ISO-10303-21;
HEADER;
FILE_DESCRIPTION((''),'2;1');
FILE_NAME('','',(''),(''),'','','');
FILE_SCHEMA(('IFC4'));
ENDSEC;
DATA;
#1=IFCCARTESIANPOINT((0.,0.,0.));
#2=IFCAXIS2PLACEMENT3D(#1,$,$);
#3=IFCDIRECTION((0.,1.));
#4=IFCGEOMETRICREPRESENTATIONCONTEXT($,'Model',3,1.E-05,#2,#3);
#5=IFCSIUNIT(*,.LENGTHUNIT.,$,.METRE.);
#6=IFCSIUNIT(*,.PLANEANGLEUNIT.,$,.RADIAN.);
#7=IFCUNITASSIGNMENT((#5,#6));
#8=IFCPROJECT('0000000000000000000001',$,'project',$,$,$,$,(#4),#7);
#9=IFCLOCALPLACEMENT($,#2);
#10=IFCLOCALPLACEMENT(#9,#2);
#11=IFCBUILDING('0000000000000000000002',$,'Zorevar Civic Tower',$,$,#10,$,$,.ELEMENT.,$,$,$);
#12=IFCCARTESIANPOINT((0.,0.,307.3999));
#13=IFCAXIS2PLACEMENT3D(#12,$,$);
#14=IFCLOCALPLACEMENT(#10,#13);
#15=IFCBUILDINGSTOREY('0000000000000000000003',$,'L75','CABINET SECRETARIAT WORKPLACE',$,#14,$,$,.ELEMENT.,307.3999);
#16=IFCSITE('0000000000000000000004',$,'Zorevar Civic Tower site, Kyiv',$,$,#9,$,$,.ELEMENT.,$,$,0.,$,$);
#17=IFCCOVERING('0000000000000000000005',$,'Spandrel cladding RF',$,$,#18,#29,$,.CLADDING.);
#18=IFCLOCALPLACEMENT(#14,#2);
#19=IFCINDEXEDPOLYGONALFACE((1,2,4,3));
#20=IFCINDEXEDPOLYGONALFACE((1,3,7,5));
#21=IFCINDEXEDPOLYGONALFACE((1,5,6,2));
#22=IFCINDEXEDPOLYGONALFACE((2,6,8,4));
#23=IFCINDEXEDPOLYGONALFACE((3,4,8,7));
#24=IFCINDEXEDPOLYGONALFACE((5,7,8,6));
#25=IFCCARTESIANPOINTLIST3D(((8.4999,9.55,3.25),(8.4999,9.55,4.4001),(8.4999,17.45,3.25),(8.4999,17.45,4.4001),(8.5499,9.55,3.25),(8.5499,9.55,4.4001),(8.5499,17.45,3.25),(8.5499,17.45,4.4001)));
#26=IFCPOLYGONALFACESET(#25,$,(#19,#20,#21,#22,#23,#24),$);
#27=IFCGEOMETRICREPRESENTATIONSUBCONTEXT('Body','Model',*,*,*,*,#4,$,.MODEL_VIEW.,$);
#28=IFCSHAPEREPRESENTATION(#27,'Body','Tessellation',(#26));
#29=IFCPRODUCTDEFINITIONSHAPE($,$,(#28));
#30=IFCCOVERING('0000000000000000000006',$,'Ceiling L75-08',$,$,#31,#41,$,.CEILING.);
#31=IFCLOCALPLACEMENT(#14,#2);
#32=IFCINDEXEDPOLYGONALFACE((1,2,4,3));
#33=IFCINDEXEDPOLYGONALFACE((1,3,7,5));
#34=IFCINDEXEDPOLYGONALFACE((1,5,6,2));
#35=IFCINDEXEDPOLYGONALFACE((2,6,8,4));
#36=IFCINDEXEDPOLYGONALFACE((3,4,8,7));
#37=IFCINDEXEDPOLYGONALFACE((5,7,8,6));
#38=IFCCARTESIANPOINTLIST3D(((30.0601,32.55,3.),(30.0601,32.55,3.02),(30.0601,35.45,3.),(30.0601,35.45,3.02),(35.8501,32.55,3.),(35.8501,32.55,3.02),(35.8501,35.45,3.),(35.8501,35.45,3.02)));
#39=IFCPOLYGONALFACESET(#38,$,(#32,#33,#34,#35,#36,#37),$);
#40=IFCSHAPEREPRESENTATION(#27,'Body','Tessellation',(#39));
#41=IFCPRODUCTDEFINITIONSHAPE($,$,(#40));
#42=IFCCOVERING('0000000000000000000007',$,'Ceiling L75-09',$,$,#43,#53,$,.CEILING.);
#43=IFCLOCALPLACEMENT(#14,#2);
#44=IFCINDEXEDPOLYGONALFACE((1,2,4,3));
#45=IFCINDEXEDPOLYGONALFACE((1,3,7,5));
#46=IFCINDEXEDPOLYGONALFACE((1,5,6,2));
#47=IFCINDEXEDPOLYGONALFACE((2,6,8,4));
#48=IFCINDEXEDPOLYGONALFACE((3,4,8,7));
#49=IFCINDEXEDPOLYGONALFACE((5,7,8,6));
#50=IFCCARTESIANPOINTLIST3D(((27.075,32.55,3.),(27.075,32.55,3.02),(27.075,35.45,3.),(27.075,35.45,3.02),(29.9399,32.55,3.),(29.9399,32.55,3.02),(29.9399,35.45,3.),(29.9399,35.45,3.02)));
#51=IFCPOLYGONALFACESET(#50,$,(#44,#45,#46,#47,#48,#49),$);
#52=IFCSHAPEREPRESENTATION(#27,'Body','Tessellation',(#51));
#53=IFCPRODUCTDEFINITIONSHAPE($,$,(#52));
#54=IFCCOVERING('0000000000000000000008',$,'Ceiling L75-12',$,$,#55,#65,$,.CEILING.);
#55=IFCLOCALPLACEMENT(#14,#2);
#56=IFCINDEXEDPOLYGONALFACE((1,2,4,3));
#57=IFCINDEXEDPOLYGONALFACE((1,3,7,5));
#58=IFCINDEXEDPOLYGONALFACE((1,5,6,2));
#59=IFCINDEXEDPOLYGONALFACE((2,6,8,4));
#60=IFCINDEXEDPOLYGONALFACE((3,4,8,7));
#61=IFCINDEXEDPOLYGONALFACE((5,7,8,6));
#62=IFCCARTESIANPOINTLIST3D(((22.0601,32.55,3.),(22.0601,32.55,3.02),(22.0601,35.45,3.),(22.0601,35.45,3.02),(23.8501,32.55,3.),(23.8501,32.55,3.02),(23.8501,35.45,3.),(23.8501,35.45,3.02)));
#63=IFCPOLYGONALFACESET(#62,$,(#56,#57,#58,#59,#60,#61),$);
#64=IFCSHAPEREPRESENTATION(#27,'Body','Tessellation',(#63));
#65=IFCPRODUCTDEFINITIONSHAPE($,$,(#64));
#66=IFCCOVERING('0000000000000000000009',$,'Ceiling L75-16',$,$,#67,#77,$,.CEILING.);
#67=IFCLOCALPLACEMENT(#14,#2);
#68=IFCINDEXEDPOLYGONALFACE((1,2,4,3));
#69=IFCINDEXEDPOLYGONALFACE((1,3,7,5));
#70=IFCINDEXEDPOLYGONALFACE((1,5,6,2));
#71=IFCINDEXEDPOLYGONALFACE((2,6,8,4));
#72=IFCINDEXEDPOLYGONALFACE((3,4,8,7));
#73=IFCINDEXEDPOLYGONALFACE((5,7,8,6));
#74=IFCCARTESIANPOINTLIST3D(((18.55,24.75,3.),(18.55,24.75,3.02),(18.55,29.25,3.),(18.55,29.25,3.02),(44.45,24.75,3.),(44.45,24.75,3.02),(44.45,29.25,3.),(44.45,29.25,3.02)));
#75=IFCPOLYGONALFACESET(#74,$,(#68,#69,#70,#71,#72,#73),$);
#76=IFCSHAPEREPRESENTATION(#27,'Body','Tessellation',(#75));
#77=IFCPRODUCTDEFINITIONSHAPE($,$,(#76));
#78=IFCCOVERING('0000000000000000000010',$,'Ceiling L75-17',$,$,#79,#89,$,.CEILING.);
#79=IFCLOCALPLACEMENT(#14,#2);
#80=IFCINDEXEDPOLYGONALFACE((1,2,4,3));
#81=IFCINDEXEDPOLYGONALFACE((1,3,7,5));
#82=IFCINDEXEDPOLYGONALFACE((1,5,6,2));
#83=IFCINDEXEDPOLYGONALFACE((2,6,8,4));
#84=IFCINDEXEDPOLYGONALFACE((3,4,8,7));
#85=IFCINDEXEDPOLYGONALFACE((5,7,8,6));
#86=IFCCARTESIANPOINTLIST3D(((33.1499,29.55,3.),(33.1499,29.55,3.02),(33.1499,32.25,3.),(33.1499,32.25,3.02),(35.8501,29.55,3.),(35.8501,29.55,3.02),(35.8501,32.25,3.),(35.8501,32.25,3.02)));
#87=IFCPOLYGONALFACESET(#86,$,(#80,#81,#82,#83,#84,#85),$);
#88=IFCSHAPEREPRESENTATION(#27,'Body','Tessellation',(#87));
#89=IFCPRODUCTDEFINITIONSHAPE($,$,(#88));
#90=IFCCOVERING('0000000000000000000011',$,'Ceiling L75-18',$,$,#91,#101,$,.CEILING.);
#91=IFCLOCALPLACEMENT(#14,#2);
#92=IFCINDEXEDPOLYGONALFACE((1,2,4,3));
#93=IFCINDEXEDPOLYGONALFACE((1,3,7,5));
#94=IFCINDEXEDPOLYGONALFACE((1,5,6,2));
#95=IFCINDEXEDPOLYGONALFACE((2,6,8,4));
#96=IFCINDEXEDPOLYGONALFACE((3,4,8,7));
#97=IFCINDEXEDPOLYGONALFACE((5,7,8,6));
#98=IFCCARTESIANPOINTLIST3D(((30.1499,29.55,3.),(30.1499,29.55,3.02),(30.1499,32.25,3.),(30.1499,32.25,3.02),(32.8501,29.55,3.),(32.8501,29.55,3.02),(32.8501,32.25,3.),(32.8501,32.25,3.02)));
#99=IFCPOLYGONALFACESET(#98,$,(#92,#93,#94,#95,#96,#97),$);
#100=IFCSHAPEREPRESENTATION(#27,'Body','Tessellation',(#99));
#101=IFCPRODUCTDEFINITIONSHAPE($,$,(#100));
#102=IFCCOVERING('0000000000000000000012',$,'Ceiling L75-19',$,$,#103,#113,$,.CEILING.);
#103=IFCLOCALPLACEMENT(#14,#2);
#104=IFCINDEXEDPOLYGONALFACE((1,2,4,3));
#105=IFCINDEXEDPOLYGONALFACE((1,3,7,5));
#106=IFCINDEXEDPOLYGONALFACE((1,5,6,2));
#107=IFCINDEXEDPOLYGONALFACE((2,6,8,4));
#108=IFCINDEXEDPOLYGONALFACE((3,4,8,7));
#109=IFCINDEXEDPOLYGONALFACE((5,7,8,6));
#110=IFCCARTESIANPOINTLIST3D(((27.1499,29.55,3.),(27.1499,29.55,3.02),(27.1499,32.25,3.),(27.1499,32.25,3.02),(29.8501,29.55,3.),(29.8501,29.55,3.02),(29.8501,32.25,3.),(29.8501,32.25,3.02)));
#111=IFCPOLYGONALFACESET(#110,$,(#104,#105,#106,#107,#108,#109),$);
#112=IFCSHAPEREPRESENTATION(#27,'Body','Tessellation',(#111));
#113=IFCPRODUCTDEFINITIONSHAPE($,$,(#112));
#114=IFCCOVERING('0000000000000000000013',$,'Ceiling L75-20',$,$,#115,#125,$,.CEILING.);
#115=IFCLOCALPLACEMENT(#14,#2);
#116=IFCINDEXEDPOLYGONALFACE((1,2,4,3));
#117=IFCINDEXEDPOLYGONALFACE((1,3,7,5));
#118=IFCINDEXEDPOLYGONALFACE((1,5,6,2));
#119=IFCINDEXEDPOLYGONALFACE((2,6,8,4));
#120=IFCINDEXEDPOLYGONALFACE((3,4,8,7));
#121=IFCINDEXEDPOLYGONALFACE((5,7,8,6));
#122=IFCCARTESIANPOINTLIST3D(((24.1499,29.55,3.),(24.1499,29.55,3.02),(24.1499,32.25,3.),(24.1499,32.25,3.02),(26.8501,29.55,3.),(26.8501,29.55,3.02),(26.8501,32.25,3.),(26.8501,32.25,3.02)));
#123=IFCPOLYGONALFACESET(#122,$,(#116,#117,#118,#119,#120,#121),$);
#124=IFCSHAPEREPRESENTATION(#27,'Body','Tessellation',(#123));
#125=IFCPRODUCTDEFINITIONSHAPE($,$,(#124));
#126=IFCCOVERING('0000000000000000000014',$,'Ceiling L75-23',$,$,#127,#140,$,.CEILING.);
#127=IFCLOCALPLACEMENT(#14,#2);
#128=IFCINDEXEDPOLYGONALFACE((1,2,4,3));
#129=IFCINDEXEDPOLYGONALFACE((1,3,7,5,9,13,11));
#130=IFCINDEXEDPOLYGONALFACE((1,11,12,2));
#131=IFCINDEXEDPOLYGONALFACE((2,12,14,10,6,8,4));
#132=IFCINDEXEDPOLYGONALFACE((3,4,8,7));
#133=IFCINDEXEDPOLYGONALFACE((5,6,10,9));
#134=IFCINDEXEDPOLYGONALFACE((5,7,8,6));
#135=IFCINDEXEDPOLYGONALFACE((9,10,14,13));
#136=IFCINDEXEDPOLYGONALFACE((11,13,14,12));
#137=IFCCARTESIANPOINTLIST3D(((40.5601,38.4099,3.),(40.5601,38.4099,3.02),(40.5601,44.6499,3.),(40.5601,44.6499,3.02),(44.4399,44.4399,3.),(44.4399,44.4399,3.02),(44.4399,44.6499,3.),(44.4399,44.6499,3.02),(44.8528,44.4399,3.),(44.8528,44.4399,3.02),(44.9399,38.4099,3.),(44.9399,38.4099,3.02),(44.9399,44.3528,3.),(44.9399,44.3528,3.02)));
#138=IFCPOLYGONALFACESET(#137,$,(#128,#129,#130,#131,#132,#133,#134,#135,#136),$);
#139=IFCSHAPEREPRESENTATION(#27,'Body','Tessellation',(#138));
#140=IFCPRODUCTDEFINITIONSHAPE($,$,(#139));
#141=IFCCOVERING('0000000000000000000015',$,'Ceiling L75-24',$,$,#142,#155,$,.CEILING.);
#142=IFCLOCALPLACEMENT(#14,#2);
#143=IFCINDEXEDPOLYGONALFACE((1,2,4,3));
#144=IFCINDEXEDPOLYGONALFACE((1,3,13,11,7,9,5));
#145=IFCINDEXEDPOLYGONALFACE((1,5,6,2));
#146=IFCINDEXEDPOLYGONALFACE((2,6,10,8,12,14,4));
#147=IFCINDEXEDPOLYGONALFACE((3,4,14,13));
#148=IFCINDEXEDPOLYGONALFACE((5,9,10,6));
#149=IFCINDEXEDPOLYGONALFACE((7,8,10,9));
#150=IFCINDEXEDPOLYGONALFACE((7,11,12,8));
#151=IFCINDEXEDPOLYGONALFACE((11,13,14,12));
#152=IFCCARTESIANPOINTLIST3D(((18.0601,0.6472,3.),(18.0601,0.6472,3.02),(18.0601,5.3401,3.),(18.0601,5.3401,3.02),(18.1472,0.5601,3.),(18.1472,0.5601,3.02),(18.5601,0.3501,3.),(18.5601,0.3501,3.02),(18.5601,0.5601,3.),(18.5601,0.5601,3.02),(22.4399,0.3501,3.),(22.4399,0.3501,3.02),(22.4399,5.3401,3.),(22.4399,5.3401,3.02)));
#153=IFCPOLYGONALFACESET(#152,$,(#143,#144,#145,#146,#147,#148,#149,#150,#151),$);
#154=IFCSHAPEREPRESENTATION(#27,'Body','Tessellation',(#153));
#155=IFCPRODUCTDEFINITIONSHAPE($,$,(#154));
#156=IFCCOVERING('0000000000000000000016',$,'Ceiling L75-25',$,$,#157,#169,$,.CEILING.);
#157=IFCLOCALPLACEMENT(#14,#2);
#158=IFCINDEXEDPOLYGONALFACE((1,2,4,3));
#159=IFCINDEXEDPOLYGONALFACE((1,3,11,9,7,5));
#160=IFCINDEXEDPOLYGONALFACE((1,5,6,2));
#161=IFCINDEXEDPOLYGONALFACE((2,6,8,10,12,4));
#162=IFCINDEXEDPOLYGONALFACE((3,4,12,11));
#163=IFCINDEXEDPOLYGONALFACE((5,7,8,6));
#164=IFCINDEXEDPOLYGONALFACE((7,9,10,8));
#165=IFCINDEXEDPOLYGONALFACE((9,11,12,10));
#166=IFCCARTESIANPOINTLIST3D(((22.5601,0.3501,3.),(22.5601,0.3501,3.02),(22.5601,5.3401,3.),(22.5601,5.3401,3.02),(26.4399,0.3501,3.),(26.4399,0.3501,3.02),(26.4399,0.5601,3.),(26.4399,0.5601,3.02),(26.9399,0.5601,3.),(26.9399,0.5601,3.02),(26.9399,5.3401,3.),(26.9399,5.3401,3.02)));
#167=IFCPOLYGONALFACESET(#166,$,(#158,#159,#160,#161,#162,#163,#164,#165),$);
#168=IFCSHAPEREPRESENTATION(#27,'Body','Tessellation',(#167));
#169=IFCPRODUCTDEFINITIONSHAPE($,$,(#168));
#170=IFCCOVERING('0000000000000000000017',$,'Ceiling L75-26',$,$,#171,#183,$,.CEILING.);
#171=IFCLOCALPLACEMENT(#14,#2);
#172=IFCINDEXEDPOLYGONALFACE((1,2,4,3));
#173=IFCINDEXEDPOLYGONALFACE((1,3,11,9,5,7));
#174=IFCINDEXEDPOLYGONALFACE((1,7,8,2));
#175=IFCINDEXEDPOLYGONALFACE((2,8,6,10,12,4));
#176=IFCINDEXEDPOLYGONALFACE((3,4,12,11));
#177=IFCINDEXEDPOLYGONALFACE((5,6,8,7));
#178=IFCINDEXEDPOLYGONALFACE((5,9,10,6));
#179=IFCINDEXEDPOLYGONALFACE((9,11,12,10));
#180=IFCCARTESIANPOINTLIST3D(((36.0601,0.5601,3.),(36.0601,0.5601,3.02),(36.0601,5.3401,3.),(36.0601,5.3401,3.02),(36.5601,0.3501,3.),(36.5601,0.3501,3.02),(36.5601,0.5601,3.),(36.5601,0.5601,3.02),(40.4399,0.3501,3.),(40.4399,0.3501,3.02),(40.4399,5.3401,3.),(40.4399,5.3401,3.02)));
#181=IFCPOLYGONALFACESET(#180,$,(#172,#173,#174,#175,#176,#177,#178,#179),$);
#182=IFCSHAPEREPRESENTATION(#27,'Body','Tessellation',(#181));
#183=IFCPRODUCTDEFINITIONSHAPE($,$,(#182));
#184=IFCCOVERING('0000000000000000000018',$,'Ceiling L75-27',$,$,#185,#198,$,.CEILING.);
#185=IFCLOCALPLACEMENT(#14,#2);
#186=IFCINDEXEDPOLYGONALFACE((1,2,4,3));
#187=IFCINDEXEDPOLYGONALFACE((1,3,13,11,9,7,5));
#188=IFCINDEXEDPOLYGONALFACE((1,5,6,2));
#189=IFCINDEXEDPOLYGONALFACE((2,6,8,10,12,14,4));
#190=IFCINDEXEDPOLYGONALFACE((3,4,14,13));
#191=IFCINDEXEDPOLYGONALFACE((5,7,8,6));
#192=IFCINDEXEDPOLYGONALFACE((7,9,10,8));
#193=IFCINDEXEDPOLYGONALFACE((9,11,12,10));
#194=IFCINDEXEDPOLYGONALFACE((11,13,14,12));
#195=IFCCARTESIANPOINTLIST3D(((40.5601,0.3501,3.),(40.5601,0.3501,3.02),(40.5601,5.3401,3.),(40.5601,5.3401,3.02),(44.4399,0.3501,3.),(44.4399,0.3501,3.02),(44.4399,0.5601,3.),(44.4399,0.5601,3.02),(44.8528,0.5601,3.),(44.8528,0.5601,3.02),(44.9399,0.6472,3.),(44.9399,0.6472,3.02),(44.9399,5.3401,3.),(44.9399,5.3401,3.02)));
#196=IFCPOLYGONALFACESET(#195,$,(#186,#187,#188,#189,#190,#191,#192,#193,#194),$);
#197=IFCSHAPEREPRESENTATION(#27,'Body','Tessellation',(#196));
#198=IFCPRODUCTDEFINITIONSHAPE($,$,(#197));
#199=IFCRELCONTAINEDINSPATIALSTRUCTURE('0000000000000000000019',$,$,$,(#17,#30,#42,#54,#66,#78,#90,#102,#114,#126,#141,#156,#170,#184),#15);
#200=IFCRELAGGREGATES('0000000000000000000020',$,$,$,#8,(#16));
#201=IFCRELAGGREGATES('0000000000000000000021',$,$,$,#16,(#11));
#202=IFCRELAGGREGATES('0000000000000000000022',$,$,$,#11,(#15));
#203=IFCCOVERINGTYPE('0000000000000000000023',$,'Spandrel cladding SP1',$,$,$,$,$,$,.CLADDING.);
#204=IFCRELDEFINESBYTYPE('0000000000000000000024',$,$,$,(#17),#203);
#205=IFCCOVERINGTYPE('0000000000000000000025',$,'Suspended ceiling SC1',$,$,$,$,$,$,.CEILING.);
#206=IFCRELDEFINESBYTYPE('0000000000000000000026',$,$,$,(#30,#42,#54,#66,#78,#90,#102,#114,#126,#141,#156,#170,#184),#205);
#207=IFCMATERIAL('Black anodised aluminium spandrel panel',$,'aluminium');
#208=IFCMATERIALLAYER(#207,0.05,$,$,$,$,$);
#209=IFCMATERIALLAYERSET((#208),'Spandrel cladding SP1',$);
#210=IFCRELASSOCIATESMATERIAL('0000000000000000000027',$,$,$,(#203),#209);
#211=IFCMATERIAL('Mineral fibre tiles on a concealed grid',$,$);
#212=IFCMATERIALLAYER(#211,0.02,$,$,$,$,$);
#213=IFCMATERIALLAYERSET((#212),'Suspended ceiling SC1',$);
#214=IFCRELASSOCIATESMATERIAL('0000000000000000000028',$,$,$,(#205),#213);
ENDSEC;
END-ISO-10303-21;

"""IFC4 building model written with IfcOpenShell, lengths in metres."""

from ifc_helpers import new_model, si_unit, direction, frame, frame_2d, origin, place, context, subcontext, project, spatial, polyline, rectangle, outline, extrude, material, layer, layer_set, type_object, element, save


model = new_model("IFC4")

# Units and contexts
model_context = context("Model", 3, precision=1e-05, world=origin(), true_north=direction((0.0, 1.0)))
body_context = subcontext(model_context, "Body", "Model", "MODEL_VIEW")
ifc_project = project(units=[si_unit("LENGTHUNIT", "METRE"), si_unit("PLANEANGLEUNIT", "RADIAN")], contexts=[model_context])

# Site, building, storey
site_placement = place(None, origin())
site = spatial("IfcSite", under=ifc_project, at=site_placement, Name="Zorevar Civic Tower site, Kyiv", CompositionType="ELEMENT", RefElevation=0.0)
building_placement = place(site_placement, origin())
building = spatial("IfcBuilding", under=site, at=building_placement, Name="Zorevar Civic Tower", CompositionType="ELEMENT")
storey_placement = place(building_placement, frame((0.0, 0.0, 307.3999)))
storey = spatial("IfcBuildingStorey", under=building, at=storey_placement, Name="L75", Description="CABINET SECRETARIAT WORKPLACE", CompositionType="ELEMENT", Elevation=307.3999)

# Coverings
ifc_material_1 = material(Name="Black anodised aluminium spandrel panel", Category="aluminium")
ifc_layer_1 = layer(ifc_material_1, 0.05)
ifc_layer_set_1 = layer_set([ifc_layer_1], Name="Spandrel cladding SP1")
covering_type_1 = type_object("IfcCoveringType", Name="Spandrel cladding SP1", PredefinedType="CLADDING", material=ifc_layer_set_1)
covering_1_placement = place(storey_placement, frame((8.5249, 9.55, 3.25), z_axis=(0.0, 0.0, 1.0), x_axis=(0.0, 1.0, 0.0)))
element("IfcCovering", 1, at=covering_1_placement, inside=storey, type_object=covering_type_1, Name="Spandrel cladding RF", PredefinedType="CLADDING", context=body_context, shape_type="SweptSolid", body=[
    extrude(rectangle(XDim=7.8999, YDim=0.05, at=frame_2d((3.95, 0.0))), origin(), (0.0, 0.0, 1.0), 1.1501),
])
ifc_material_2 = material(Name="Mineral fibre tiles on a concealed grid")
ifc_layer_2 = layer(ifc_material_2, 0.02)
ifc_layer_set_2 = layer_set([ifc_layer_2], Name="Suspended ceiling SC1")
covering_type_2 = type_object("IfcCoveringType", Name="Suspended ceiling SC1", PredefinedType="CEILING", material=ifc_layer_set_2)
covering_2_placement = place(storey_placement, frame((0.0, 0.0, 3.0)))
element("IfcCovering", 2, at=covering_2_placement, inside=storey, type_object=covering_type_2, Name="Ceiling L75-08", PredefinedType="CEILING", context=body_context, shape_type="SweptSolid", body=[
    extrude(outline(polyline([(35.8501, 32.55), (35.8501, 35.45), (30.0601, 35.45), (30.0601, 32.55), (35.8501, 32.55)])), origin(), (0.0, 0.0, 1.0), 0.02),
])
covering_3_placement = place(storey_placement, frame((0.0, 0.0, 3.0)))
element("IfcCovering", 3, at=covering_3_placement, inside=storey, type_object=covering_type_2, Name="Ceiling L75-09", PredefinedType="CEILING", context=body_context, shape_type="SweptSolid", body=[
    extrude(outline(polyline([(29.9399, 32.55), (29.9399, 35.45), (27.075, 35.45), (27.075, 32.55), (29.9399, 32.55)])), origin(), (0.0, 0.0, 1.0), 0.02),
])
covering_4_placement = place(storey_placement, frame((0.0, 0.0, 3.0)))
element("IfcCovering", 4, at=covering_4_placement, inside=storey, type_object=covering_type_2, Name="Ceiling L75-12", PredefinedType="CEILING", context=body_context, shape_type="SweptSolid", body=[
    extrude(outline(polyline([(23.8501, 32.55), (23.8501, 35.45), (22.0601, 35.45), (22.0601, 32.55), (23.8501, 32.55)])), origin(), (0.0, 0.0, 1.0), 0.02),
])
covering_5_placement = place(storey_placement, frame((0.0, 0.0, 3.0)))
element("IfcCovering", 5, at=covering_5_placement, inside=storey, type_object=covering_type_2, Name="Ceiling L75-16", PredefinedType="CEILING", context=body_context, shape_type="SweptSolid", body=[
    extrude(outline(polyline([(44.45, 24.75), (44.45, 29.25), (18.55, 29.25), (18.55, 24.75), (44.45, 24.75)])), origin(), (0.0, 0.0, 1.0), 0.02),
])
covering_6_placement = place(storey_placement, frame((0.0, 0.0, 3.0)))
element("IfcCovering", 6, at=covering_6_placement, inside=storey, type_object=covering_type_2, Name="Ceiling L75-17", PredefinedType="CEILING", context=body_context, shape_type="SweptSolid", body=[
    extrude(outline(polyline([(35.8501, 29.55), (35.8501, 32.25), (33.1499, 32.25), (33.1499, 29.55), (35.8501, 29.55)])), origin(), (0.0, 0.0, 1.0), 0.02),
])
covering_7_placement = place(storey_placement, frame((0.0, 0.0, 3.0)))
element("IfcCovering", 7, at=covering_7_placement, inside=storey, type_object=covering_type_2, Name="Ceiling L75-18", PredefinedType="CEILING", context=body_context, shape_type="SweptSolid", body=[
    extrude(outline(polyline([(32.8501, 29.55), (32.8501, 32.25), (30.1499, 32.25), (30.1499, 29.55), (32.8501, 29.55)])), origin(), (0.0, 0.0, 1.0), 0.02),
])
covering_8_placement = place(storey_placement, frame((0.0, 0.0, 3.0)))
element("IfcCovering", 8, at=covering_8_placement, inside=storey, type_object=covering_type_2, Name="Ceiling L75-19", PredefinedType="CEILING", context=body_context, shape_type="SweptSolid", body=[
    extrude(outline(polyline([(29.8501, 29.55), (29.8501, 32.25), (27.1499, 32.25), (27.1499, 29.55), (29.8501, 29.55)])), origin(), (0.0, 0.0, 1.0), 0.02),
])
covering_9_placement = place(storey_placement, frame((0.0, 0.0, 3.0)))
element("IfcCovering", 9, at=covering_9_placement, inside=storey, type_object=covering_type_2, Name="Ceiling L75-20", PredefinedType="CEILING", context=body_context, shape_type="SweptSolid", body=[
    extrude(outline(polyline([(26.8501, 29.55), (26.8501, 32.25), (24.1499, 32.25), (24.1499, 29.55), (26.8501, 29.55)])), origin(), (0.0, 0.0, 1.0), 0.02),
])
covering_10_placement = place(storey_placement, frame((0.0, 0.0, 3.0)))
element("IfcCovering", 10, at=covering_10_placement, inside=storey, type_object=covering_type_2, Name="Ceiling L75-23", PredefinedType="CEILING", context=body_context, shape_type="SweptSolid", body=[
    extrude(outline(polyline([(40.5601, 44.6499), (44.4399, 44.6499), (44.4399, 44.4399), (44.8528, 44.4399), (44.9399, 44.3528), (44.9399, 38.4099), (40.5601, 38.4099), (40.5601, 44.6499)])), origin(), (0.0, 0.0, 1.0), 0.02),
])
covering_11_placement = place(storey_placement, frame((0.0, 0.0, 3.0)))
element("IfcCovering", 11, at=covering_11_placement, inside=storey, type_object=covering_type_2, Name="Ceiling L75-24", PredefinedType="CEILING", context=body_context, shape_type="SweptSolid", body=[
    extrude(outline(polyline([(22.4399, 0.3501), (18.5601, 0.3501), (18.5601, 0.5601), (18.1472, 0.5601), (18.0601, 0.6472), (18.0601, 5.3401), (22.4399, 5.3401), (22.4399, 0.3501)])), origin(), (0.0, 0.0, 1.0), 0.02),
])
covering_12_placement = place(storey_placement, frame((0.0, 0.0, 3.0)))
element("IfcCovering", 12, at=covering_12_placement, inside=storey, type_object=covering_type_2, Name="Ceiling L75-25", PredefinedType="CEILING", context=body_context, shape_type="SweptSolid", body=[
    extrude(outline(polyline([(26.9399, 5.3401), (26.9399, 0.5601), (26.4399, 0.5601), (26.4399, 0.3501), (22.5601, 0.3501), (22.5601, 5.3401), (26.9399, 5.3401)])), origin(), (0.0, 0.0, 1.0), 0.02),
])
covering_13_placement = place(storey_placement, frame((0.0, 0.0, 3.0)))
element("IfcCovering", 13, at=covering_13_placement, inside=storey, type_object=covering_type_2, Name="Ceiling L75-26", PredefinedType="CEILING", context=body_context, shape_type="SweptSolid", body=[
    extrude(outline(polyline([(40.4399, 5.3401), (40.4399, 0.3501), (36.5601, 0.3501), (36.5601, 0.5601), (36.0601, 0.5601), (36.0601, 5.3401), (40.4399, 5.3401)])), origin(), (0.0, 0.0, 1.0), 0.02),
])
covering_14_placement = place(storey_placement, frame((0.0, 0.0, 3.0)))
element("IfcCovering", 14, at=covering_14_placement, inside=storey, type_object=covering_type_2, Name="Ceiling L75-27", PredefinedType="CEILING", context=body_context, shape_type="SweptSolid", body=[
    extrude(outline(polyline([(44.9399, 0.6472), (44.8528, 0.5601), (44.4399, 0.5601), (44.4399, 0.3501), (40.5601, 0.3501), (40.5601, 5.3401), (44.9399, 5.3401), (44.9399, 0.6472)])), origin(), (0.0, 0.0, 1.0), 0.02),
])

save(model, "model.ifc")
